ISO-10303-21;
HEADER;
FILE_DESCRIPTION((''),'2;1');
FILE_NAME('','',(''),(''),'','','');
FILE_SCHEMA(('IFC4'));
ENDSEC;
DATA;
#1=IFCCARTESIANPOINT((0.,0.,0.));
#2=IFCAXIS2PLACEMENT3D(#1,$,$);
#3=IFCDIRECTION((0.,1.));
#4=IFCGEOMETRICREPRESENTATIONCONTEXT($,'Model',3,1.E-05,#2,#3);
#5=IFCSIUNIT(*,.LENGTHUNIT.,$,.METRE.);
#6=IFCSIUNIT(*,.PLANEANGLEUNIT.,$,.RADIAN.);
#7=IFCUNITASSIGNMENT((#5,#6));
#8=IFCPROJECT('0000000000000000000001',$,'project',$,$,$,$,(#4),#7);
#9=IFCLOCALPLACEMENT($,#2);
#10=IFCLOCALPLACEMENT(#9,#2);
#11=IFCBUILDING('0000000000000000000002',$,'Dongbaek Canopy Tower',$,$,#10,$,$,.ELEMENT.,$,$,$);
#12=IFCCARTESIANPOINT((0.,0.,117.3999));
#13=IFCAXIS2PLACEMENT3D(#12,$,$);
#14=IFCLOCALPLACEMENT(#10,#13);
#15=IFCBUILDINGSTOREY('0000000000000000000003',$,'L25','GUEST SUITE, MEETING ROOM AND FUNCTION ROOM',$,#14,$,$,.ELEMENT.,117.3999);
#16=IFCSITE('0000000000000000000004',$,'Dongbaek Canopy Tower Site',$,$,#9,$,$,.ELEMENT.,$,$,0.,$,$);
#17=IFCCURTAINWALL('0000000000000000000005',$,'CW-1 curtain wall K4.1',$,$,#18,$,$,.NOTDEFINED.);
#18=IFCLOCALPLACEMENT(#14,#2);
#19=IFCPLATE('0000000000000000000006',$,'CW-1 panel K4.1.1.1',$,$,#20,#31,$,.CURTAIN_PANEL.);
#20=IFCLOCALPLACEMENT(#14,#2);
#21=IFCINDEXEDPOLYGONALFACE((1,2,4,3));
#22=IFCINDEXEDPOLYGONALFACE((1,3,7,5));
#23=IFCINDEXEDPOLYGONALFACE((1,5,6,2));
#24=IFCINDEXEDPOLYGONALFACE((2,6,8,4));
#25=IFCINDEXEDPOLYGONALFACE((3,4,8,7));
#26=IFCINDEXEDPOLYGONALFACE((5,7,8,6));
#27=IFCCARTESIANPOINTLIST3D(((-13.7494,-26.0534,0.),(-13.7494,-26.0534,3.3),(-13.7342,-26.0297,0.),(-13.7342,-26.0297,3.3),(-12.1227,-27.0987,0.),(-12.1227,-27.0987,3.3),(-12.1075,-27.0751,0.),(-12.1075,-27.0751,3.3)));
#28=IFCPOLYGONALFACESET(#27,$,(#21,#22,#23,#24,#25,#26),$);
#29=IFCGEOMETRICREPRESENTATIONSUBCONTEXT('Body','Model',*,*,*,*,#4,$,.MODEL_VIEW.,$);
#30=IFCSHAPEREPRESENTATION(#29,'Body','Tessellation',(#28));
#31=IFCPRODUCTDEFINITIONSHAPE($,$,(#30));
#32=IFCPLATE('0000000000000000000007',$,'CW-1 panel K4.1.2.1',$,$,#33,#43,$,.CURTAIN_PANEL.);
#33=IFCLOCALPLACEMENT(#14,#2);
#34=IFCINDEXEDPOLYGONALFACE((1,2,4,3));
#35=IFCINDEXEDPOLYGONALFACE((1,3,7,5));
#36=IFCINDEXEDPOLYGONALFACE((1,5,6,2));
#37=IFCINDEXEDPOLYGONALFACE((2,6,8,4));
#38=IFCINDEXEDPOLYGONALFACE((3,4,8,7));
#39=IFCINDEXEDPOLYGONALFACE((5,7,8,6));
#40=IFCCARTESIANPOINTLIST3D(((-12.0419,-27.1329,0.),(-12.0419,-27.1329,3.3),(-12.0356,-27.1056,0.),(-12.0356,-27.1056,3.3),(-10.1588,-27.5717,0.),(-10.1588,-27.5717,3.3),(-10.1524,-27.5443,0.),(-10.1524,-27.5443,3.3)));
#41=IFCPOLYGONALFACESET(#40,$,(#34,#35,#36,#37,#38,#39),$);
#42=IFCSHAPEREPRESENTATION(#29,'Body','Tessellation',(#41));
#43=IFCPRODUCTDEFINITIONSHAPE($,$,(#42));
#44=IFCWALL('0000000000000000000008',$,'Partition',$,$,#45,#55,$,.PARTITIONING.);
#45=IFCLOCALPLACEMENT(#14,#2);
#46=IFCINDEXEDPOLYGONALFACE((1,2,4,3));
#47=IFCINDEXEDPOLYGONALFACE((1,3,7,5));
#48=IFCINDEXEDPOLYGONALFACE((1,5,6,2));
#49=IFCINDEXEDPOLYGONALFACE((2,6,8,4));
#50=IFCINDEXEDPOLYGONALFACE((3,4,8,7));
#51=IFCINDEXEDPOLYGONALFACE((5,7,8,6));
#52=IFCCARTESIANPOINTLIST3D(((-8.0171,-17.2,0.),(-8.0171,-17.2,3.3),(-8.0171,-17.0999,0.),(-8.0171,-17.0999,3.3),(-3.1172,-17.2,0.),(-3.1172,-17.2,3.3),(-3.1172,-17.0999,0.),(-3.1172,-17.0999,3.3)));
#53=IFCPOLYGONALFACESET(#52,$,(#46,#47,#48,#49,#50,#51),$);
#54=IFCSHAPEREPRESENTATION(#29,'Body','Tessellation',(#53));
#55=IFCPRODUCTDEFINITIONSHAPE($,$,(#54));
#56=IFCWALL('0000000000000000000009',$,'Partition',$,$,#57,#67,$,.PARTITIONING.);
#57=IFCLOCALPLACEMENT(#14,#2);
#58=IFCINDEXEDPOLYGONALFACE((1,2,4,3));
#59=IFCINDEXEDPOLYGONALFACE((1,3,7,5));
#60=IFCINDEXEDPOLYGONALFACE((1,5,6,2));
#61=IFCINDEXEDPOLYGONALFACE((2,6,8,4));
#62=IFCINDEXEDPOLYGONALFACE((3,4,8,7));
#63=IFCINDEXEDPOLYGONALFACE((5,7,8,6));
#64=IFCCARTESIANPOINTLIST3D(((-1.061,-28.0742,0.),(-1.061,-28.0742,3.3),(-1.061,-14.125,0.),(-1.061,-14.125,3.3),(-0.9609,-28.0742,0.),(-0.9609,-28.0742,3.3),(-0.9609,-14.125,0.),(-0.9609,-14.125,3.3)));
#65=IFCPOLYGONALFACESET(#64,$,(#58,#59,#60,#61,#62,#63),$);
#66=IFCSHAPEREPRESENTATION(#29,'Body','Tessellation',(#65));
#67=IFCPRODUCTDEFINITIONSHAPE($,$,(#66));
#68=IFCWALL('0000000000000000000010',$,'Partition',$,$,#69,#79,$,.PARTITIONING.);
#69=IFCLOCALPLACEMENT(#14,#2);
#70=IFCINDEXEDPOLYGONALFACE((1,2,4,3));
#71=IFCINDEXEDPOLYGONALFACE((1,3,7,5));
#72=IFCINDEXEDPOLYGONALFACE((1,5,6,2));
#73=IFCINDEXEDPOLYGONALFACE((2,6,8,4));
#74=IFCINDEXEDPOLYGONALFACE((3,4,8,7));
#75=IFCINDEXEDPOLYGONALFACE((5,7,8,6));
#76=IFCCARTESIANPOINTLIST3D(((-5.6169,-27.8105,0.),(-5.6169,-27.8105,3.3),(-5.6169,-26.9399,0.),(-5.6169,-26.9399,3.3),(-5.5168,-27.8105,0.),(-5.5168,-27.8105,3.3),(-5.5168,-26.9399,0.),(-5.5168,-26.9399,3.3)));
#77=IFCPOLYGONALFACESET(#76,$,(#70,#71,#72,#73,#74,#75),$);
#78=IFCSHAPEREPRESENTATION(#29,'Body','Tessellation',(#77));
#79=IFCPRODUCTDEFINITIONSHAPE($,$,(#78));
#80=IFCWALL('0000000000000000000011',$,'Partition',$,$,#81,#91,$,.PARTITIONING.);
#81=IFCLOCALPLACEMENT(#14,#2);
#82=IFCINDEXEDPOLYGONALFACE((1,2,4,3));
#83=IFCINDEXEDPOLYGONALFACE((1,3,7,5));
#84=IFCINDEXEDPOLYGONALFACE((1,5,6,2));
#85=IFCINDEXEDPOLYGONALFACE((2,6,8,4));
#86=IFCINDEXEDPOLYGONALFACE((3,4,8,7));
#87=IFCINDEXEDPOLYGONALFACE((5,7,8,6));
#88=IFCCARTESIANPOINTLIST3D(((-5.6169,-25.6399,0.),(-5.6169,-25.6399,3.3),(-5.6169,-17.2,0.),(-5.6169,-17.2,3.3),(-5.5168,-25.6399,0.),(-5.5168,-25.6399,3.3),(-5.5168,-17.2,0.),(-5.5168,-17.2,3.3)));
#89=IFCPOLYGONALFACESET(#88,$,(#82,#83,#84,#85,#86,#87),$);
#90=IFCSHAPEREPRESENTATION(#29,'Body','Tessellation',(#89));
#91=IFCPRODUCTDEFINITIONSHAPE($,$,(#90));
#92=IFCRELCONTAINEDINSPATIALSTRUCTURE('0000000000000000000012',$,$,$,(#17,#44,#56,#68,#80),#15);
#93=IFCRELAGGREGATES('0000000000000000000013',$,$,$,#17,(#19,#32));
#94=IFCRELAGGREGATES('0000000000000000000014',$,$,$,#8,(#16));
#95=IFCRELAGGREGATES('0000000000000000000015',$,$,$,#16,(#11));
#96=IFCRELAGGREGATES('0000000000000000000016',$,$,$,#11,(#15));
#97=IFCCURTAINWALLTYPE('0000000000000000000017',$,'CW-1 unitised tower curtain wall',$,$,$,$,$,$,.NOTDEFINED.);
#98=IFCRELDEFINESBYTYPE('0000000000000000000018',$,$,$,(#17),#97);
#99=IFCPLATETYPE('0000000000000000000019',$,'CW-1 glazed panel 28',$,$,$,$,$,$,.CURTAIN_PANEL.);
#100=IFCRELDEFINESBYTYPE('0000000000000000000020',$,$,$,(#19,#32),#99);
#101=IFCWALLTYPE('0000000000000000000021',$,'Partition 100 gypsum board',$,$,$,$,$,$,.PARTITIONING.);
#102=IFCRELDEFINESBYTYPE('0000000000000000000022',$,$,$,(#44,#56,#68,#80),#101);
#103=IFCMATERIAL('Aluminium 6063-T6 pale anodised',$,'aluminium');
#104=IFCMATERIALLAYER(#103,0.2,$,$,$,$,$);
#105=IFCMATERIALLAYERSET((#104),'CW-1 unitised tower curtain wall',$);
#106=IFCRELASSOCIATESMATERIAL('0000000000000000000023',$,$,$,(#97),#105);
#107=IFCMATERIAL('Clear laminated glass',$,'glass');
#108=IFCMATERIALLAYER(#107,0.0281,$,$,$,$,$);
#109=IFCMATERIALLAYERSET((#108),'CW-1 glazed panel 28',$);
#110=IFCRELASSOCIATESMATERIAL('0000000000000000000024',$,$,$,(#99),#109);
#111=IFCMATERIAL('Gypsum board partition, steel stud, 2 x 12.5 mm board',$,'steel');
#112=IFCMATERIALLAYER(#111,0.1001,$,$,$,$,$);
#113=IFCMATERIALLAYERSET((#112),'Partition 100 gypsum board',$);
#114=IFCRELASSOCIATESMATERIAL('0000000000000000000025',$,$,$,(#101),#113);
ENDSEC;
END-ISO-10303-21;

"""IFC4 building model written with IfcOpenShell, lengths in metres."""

from ifc_helpers import new_model, si_unit, direction, frame, frame_2d, origin, origin_2d, place, context, subcontext, project, spatial, rectangle, extrude, material, layer, layer_set, type_object, element, aggregate, save


model = new_model("IFC4")

# Units and contexts
model_context = context("Model", 3, precision=1e-05, world=origin(), true_north=direction((0.0, 1.0)))
body_context = subcontext(model_context, "Body", "Model", "MODEL_VIEW")
ifc_project = project(units=[si_unit("LENGTHUNIT", "METRE"), si_unit("PLANEANGLEUNIT", "RADIAN")], contexts=[model_context])

# Site, building, storey
site_placement = place(None, origin())
site = spatial("IfcSite", under=ifc_project, at=site_placement, Name="Dongbaek Canopy Tower Site", CompositionType="ELEMENT", RefElevation=0.0)
building_placement = place(site_placement, origin())
building = spatial("IfcBuilding", under=site, at=building_placement, Name="Dongbaek Canopy Tower", CompositionType="ELEMENT")
storey_placement = place(building_placement, frame((0.0, 0.0, 117.3999)))
storey = spatial("IfcBuildingStorey", under=building, at=storey_placement, Name="L25", Description="GUEST SUITE, MEETING ROOM AND FUNCTION ROOM", CompositionType="ELEMENT", Elevation=117.3999)

# Curtain wall
ifc_material_1 = material(Name="Aluminium 6063-T6 pale anodised", Category="aluminium")
ifc_layer_1 = layer(ifc_material_1, 0.2)
ifc_layer_set_1 = layer_set([ifc_layer_1], Name="CW-1 unitised tower curtain wall")
curtain_wall_type = type_object("IfcCurtainWallType", Name="CW-1 unitised tower curtain wall", PredefinedType="NOTDEFINED", material=ifc_layer_set_1)
curtain_wall_placement = place(storey_placement, origin())
curtain_wall = element("IfcCurtainWall", 1, at=curtain_wall_placement, inside=storey, type_object=curtain_wall_type, Name="CW-1 curtain wall K4.1", PredefinedType="NOTDEFINED")

# Plates
ifc_material_2 = material(Name="Clear laminated glass", Category="glass")
ifc_layer_2 = layer(ifc_material_2, 0.0281)
ifc_layer_set_2 = layer_set([ifc_layer_2], Name="CW-1 glazed panel 28")
plate_type = type_object("IfcPlateType", Name="CW-1 glazed panel 28", PredefinedType="CURTAIN_PANEL", material=ifc_layer_set_2)
plate_1_placement = place(storey_placement, frame((-12.9285, -26.5642, 0.0), z_axis=(0.0, 0.0, 1.0), x_axis=(0.841271, -0.540614, 0.0)))
plate_1 = element("IfcPlate", 2, at=plate_1_placement, type_object=plate_type, Name="CW-1 panel K4.1.1.1", PredefinedType="CURTAIN_PANEL", context=body_context, shape_type="SweptSolid", body=[
    extrude(rectangle(XDim=1.9336, YDim=0.0281, at=origin_2d()), origin(), (0.0, 0.0, 1.0), 3.3),
])
plate_2_placement = place(storey_placement, frame((-11.0972, -27.3386, 0.0), z_axis=(0.0, 0.0, 1.0), x_axis=(0.973914, -0.226919, 0.0)))
plate_2 = element("IfcPlate", 3, at=plate_2_placement, type_object=plate_type, Name="CW-1 panel K4.1.2.1", PredefinedType="CURTAIN_PANEL", context=body_context, shape_type="SweptSolid", body=[
    extrude(rectangle(XDim=1.9336, YDim=0.0281, at=origin_2d()), origin(), (0.0, 0.0, 1.0), 3.3),
])
aggregate(curtain_wall, [plate_1, plate_2])

# Walls
ifc_material_3 = material(Name="Gypsum board partition, steel stud, 2 x 12.5 mm board", Category="steel")
ifc_layer_3 = layer(ifc_material_3, 0.1001)
ifc_layer_set_3 = layer_set([ifc_layer_3], Name="Partition 100 gypsum board")
wall_type_1 = type_object("IfcWallType", Name="Partition 100 gypsum board", PredefinedType="PARTITIONING", material=ifc_layer_set_3)
wall_1_placement = place(storey_placement, frame((-8.0171, -17.1499, 0.0), z_axis=(0.0, 0.0, 1.0), x_axis=(1.0, 0.0, 0.0)))
element("IfcWall", 4, at=wall_1_placement, inside=storey, type_object=wall_type_1, Name="Partition", PredefinedType="PARTITIONING", context=body_context, shape_type="SweptSolid", body=[
    extrude(rectangle(XDim=4.8999, YDim=0.1001, at=frame_2d((2.45, 0.0))), origin(), (0.0, 0.0, 1.0), 3.3),
])
wall_2_placement = place(storey_placement, frame((-1.011, -28.0742, 0.0), z_axis=(0.0, 0.0, 1.0), x_axis=(0.0, 1.0, 0.0)))
element("IfcWall", 5, at=wall_2_placement, inside=storey, type_object=wall_type_1, Name="Partition", PredefinedType="PARTITIONING", context=body_context, shape_type="SweptSolid", body=[
    extrude(rectangle(XDim=13.9492, YDim=0.1001, at=frame_2d((6.9746, 0.0))), origin(), (0.0, 0.0, 1.0), 3.3),
])
wall_3_placement = place(storey_placement, frame((-5.5669, -27.8105, 0.0), z_axis=(0.0, 0.0, 1.0), x_axis=(0.0, 1.0, 0.0)))
element("IfcWall", 6, at=wall_3_placement, inside=storey, type_object=wall_type_1, Name="Partition", PredefinedType="PARTITIONING", context=body_context, shape_type="SweptSolid", body=[
    extrude(rectangle(XDim=0.8706, YDim=0.1001, at=frame_2d((0.4353, 0.0))), origin(), (0.0, 0.0, 1.0), 3.3),
])
wall_4_placement = place(storey_placement, frame((-5.5669, -25.6399, 0.0), z_axis=(0.0, 0.0, 1.0), x_axis=(0.0, 1.0, 0.0)))
element("IfcWall", 7, at=wall_4_placement, inside=storey, type_object=wall_type_1, Name="Partition", PredefinedType="PARTITIONING", context=body_context, shape_type="SweptSolid", body=[
    extrude(rectangle(XDim=8.4399, YDim=0.1001, at=frame_2d((4.22, 0.0))), origin(), (0.0, 0.0, 1.0), 3.3),
])

save(model, "model.ifc")
